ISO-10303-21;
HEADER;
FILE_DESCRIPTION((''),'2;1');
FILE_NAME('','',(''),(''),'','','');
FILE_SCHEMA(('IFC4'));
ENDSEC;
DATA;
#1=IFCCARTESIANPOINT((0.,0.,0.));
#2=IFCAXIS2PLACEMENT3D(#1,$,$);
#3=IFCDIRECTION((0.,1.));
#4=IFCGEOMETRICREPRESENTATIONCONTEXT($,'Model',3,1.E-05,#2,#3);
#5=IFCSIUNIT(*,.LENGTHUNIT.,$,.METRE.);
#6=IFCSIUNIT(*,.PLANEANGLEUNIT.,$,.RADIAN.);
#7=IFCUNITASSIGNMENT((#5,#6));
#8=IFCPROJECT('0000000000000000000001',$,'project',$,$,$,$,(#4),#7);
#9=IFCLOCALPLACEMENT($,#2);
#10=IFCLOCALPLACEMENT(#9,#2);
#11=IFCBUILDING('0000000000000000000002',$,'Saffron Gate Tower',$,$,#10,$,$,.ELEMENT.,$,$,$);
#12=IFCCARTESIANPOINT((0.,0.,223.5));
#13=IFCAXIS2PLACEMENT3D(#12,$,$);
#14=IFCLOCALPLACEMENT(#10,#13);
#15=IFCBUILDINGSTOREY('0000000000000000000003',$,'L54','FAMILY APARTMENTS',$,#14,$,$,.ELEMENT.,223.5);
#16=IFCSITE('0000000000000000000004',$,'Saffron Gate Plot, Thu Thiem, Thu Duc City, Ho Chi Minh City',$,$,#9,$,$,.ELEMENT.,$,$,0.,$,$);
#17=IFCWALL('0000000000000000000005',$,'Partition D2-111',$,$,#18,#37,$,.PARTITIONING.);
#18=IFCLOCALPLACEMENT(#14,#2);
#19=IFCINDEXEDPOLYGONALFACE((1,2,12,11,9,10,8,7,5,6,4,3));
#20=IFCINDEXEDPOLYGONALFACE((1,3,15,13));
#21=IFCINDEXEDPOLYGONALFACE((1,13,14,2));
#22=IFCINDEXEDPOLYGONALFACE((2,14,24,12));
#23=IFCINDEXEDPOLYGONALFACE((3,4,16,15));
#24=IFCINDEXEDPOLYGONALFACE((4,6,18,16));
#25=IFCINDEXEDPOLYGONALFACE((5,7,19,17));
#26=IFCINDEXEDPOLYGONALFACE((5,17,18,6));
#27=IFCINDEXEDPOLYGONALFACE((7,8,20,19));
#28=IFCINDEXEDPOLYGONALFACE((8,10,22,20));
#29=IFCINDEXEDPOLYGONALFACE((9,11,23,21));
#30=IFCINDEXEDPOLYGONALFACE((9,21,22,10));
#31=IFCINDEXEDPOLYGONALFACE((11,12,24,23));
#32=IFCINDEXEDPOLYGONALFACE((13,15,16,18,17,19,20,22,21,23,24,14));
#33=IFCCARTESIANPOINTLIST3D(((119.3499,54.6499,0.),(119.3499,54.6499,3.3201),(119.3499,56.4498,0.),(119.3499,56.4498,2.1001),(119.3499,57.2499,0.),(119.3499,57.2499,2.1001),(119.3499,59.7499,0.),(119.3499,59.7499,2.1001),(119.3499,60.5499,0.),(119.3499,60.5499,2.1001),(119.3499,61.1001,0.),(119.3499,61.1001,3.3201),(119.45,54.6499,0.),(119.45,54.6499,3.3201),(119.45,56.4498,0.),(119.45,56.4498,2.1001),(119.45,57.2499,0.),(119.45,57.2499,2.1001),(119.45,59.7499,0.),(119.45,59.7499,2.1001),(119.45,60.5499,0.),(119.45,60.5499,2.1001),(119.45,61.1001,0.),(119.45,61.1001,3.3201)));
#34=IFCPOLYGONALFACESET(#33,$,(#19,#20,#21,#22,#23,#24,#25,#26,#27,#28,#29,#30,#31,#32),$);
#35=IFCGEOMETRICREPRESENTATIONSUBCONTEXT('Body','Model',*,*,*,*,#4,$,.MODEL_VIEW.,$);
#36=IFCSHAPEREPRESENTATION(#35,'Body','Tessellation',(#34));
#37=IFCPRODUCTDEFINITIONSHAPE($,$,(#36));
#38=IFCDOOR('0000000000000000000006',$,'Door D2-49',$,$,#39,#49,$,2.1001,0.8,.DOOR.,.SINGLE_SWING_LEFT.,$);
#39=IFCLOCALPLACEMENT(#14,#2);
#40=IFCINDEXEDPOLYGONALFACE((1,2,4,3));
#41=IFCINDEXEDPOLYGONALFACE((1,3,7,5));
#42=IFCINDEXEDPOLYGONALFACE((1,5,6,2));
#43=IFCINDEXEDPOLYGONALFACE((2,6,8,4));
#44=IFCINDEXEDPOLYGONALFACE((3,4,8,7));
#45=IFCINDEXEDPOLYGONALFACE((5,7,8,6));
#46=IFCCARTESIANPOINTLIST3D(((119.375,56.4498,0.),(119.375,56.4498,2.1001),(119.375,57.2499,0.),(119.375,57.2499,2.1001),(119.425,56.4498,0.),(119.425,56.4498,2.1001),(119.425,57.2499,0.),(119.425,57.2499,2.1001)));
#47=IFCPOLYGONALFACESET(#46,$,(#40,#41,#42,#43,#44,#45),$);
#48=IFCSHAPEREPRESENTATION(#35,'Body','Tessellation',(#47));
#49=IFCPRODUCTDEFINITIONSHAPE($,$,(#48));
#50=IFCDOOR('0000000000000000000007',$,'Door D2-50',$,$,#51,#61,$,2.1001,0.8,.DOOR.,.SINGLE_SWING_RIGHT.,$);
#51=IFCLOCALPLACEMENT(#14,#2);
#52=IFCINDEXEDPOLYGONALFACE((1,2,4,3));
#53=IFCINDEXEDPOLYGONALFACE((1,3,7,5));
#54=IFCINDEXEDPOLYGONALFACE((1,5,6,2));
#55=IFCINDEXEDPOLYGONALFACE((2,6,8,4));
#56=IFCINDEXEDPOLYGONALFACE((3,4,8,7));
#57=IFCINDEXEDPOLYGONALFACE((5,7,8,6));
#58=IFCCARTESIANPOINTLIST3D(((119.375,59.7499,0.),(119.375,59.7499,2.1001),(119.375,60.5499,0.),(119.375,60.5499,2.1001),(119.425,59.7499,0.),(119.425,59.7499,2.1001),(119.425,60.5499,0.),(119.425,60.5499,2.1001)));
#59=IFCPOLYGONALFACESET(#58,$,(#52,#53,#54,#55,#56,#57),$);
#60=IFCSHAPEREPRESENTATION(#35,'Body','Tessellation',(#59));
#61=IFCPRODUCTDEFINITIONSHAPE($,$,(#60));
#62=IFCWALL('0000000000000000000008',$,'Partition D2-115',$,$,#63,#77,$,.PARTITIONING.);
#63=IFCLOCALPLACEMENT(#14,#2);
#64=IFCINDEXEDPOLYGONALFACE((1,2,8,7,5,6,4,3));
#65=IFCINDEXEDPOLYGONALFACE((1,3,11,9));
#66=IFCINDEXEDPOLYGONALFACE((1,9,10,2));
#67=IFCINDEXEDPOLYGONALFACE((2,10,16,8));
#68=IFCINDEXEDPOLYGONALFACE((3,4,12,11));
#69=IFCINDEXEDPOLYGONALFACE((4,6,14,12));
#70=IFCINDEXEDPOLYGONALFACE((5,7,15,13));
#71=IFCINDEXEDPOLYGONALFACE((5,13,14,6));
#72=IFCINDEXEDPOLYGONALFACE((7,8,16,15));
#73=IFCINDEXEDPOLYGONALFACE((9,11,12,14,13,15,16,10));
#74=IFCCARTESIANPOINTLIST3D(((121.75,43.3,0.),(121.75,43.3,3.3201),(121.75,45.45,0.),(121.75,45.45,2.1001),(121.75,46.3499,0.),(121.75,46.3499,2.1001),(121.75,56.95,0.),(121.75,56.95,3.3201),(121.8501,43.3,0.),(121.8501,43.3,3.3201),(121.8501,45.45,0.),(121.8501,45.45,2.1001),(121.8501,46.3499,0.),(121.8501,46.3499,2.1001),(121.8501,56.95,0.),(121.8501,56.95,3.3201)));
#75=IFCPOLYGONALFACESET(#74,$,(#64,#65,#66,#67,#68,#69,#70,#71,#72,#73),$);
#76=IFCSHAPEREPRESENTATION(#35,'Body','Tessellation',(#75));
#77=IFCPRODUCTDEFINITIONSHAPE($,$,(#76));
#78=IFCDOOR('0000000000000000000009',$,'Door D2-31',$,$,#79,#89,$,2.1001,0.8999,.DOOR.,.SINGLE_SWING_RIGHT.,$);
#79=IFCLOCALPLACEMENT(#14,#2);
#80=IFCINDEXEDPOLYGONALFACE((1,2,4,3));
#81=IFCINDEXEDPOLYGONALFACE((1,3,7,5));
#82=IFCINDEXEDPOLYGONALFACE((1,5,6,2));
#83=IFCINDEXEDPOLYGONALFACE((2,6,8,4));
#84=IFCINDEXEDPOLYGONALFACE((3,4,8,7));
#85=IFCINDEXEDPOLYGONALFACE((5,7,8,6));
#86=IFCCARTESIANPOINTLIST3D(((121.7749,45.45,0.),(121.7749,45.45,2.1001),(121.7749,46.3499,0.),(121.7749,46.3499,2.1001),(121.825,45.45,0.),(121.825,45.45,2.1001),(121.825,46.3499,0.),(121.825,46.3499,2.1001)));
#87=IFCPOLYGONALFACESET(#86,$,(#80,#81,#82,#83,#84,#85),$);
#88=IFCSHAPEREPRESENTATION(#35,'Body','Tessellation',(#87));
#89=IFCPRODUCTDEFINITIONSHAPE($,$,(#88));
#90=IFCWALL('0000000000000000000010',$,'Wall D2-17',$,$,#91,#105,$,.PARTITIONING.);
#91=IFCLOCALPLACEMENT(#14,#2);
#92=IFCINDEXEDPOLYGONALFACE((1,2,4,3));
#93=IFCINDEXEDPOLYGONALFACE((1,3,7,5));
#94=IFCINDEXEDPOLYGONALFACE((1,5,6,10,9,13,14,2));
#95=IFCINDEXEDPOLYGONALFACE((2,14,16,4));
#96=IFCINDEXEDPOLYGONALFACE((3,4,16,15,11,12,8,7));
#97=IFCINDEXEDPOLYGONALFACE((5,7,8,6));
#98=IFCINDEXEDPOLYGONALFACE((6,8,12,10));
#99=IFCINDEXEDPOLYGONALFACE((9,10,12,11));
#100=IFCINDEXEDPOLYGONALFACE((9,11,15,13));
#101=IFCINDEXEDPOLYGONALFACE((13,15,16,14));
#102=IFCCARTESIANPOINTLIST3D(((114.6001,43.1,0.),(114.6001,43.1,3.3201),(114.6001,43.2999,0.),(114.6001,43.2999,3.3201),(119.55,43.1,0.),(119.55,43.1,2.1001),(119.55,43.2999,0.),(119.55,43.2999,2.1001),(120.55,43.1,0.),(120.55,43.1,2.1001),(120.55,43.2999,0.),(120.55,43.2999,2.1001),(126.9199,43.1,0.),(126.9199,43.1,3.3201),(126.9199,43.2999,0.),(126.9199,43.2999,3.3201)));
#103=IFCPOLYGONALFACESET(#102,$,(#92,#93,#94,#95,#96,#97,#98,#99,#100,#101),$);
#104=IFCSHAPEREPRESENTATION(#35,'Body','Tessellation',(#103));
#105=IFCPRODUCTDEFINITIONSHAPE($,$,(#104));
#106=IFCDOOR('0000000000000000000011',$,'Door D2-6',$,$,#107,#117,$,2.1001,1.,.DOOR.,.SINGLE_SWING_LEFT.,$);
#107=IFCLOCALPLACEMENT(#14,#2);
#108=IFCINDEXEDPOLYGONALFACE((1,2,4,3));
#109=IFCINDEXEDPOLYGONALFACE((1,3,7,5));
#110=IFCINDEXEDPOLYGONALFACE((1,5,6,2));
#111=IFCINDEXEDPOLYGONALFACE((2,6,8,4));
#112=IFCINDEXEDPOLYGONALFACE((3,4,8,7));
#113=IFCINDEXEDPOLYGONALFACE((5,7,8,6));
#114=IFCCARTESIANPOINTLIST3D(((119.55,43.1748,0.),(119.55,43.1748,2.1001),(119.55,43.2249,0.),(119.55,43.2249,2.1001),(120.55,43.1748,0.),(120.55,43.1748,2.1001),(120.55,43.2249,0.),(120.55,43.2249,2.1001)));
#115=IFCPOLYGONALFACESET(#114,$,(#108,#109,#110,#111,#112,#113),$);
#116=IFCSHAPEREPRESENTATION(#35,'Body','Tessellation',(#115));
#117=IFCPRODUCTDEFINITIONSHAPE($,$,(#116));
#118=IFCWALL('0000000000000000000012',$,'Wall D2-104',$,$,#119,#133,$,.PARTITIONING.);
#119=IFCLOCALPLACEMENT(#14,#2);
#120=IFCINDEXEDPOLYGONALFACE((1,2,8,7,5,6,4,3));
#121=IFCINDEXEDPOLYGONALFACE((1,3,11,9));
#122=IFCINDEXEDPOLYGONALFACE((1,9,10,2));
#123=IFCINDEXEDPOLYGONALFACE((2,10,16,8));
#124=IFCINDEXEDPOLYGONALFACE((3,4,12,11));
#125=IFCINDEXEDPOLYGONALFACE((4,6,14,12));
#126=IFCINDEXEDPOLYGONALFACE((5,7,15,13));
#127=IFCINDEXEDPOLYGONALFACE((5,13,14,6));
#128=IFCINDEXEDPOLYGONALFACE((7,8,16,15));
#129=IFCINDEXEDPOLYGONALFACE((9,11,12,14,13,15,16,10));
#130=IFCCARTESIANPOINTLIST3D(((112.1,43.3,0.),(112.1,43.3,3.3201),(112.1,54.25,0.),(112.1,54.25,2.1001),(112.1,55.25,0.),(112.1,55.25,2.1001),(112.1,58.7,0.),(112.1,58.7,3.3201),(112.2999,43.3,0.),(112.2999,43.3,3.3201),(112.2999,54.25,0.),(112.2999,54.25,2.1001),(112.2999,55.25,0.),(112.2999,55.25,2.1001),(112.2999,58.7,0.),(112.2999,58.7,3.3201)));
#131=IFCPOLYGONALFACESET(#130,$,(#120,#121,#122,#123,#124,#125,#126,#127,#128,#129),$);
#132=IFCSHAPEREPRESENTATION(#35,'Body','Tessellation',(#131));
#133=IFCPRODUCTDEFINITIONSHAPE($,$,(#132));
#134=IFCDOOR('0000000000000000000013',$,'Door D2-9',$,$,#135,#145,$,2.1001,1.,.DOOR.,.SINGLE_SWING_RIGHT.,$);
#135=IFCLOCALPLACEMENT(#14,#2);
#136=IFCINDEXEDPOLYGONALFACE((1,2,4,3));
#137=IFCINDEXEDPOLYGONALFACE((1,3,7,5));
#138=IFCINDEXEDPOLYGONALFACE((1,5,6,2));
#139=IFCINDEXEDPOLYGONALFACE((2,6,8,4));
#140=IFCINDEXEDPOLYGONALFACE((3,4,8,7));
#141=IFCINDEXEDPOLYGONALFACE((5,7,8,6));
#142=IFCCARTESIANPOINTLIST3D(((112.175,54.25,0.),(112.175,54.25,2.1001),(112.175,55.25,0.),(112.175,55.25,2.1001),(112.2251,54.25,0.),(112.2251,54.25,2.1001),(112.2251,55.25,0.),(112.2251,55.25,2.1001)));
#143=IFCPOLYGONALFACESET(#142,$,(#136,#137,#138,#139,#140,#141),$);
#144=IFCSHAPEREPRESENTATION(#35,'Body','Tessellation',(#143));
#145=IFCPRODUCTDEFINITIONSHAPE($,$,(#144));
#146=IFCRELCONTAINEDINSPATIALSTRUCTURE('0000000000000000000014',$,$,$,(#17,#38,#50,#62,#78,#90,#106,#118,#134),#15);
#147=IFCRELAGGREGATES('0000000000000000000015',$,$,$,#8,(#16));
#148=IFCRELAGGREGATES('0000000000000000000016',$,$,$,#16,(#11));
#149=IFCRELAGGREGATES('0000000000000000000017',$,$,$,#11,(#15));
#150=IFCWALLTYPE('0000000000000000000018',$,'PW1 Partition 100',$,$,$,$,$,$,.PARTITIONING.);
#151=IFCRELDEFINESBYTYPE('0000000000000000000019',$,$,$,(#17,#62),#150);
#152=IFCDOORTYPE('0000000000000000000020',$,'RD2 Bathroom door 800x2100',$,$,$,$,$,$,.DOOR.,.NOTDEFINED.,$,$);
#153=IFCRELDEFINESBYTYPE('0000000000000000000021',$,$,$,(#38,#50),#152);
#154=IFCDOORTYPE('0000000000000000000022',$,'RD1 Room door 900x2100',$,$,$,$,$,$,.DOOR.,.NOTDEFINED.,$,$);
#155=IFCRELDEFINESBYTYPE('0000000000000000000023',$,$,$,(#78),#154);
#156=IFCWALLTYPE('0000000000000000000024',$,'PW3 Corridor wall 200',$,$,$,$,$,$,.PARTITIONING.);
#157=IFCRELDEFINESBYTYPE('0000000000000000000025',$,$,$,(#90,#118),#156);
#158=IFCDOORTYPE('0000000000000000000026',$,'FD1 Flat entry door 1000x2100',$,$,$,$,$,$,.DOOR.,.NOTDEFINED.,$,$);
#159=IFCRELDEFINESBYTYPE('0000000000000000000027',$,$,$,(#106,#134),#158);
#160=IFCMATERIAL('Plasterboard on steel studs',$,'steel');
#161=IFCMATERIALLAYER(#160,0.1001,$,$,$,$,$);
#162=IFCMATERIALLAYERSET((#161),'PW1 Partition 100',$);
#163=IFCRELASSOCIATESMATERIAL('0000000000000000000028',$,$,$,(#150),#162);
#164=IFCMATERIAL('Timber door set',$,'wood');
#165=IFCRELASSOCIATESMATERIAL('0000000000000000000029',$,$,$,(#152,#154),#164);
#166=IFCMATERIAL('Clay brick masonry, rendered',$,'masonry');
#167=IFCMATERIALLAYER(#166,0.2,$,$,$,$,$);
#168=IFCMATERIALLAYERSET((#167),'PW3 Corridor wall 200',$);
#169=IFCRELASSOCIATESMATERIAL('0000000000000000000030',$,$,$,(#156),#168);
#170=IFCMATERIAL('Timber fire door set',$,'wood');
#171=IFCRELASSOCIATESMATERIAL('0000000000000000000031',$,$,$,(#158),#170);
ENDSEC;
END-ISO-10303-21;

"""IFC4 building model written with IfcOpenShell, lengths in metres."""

from ifc_helpers import new_model, si_unit, direction, frame, frame_2d, origin, place, context, subcontext, project, spatial, rectangle, extrude, material, layer, layer_set, type_object, element, fill, save


model = new_model("IFC4")

# Units and contexts
model_context = context("Model", 3, precision=1e-05, world=origin(), true_north=direction((0.0, 1.0)))
body_context = subcontext(model_context, "Body", "Model", "MODEL_VIEW")
ifc_project = project(units=[si_unit("LENGTHUNIT", "METRE"), si_unit("PLANEANGLEUNIT", "RADIAN")], contexts=[model_context])

# Site, building, storey
site_placement = place(None, origin())
site = spatial("IfcSite", under=ifc_project, at=site_placement, Name="Saffron Gate Plot, Thu Thiem, Thu Duc City, Ho Chi Minh City", CompositionType="ELEMENT", RefElevation=0.0)
building_placement = place(site_placement, origin())
building = spatial("IfcBuilding", under=site, at=building_placement, Name="Saffron Gate Tower", CompositionType="ELEMENT")
storey_placement = place(building_placement, frame((0.0, 0.0, 223.5)))
storey = spatial("IfcBuildingStorey", under=building, at=storey_placement, Name="L54", Description="FAMILY APARTMENTS", CompositionType="ELEMENT", Elevation=223.5)

# Shared definitions
ifc_material_1 = material(Name="Plasterboard on steel studs", Category="steel")
ifc_layer_1 = layer(ifc_material_1, 0.1001)
ifc_layer_set_1 = layer_set([ifc_layer_1], Name="PW1 Partition 100")
wall_type_1 = type_object("IfcWallType", Name="PW1 Partition 100", PredefinedType="PARTITIONING", material=ifc_layer_set_1)

# Shared definitions
ifc_material_2 = material(Name="Timber door set", Category="wood")
door_type_1 = type_object("IfcDoorType", Name="RD2 Bathroom door 800x2100", OperationType="NOTDEFINED", PredefinedType="DOOR", material=ifc_material_2)
door_type_2 = type_object("IfcDoorType", Name="RD1 Room door 900x2100", OperationType="NOTDEFINED", PredefinedType="DOOR", material=ifc_material_2)

# Wall, openings, doors
wall_1_placement = place(storey_placement, frame((119.3999, 54.6499, 0.0), z_axis=(0.0, 0.0, 1.0), x_axis=(0.0, 1.0, 0.0)))
wall_1 = element("IfcWall", 1, at=wall_1_placement, inside=storey, type_object=wall_type_1, Name="Partition D2-111", PredefinedType="PARTITIONING", context=body_context, shape_type="SweptSolid", body=[
    extrude(rectangle(XDim=6.4502, YDim=0.1001, at=frame_2d((3.2251, 0.0))), origin(), (0.0, 0.0, 1.0), 3.3201),
])
opening_1_placement = place(wall_1_placement, frame((1.8, 0.0, 0.0)))
opening_1 = element("IfcOpeningElement", 2, at=opening_1_placement, cuts=wall_1, PredefinedType="OPENING", context=body_context, shape_type="SweptSolid", body=[
    extrude(rectangle(XDim=0.8, YDim=2.1001, at=frame_2d((0.3999, 1.05))), frame((0.0, 0.0601, 0.0), z_axis=(0.0, -1.0, 0.0), x_axis=(1.0, 0.0, 0.0)), (0.0, 0.0, 1.0), 0.1201),
])
opening_2_placement = place(wall_1_placement, frame((5.1001, 0.0, 0.0)))
opening_2 = element("IfcOpeningElement", 3, at=opening_2_placement, cuts=wall_1, PredefinedType="OPENING", context=body_context, shape_type="SweptSolid", body=[
    extrude(rectangle(XDim=0.8, YDim=2.1001, at=frame_2d((0.3999, 1.05))), frame((0.0, 0.0601, 0.0), z_axis=(0.0, -1.0, 0.0), x_axis=(1.0, 0.0, 0.0)), (0.0, 0.0, 1.0), 0.1201),
])
door_1_placement = place(opening_1_placement, origin())
door_1 = element("IfcDoor", 4, at=door_1_placement, inside=storey, type_object=door_type_1, Name="Door D2-49", OperationType="SINGLE_SWING_LEFT", OverallHeight=2.1001, OverallWidth=0.8, PredefinedType="DOOR", context=body_context, shape_type="SweptSolid", body=[
    extrude(rectangle(XDim=0.8, YDim=2.1001, at=frame_2d((0.3999, 1.05))), frame((0.0, 0.0249, 0.0), z_axis=(0.0, -1.0, 0.0), x_axis=(1.0, 0.0, 0.0)), (0.0, 0.0, 1.0), 0.05),
])
fill(opening_1, door_1)
door_2_placement = place(opening_2_placement, origin())
door_2 = element("IfcDoor", 5, at=door_2_placement, inside=storey, type_object=door_type_1, Name="Door D2-50", OperationType="SINGLE_SWING_RIGHT", OverallHeight=2.1001, OverallWidth=0.8, PredefinedType="DOOR", context=body_context, shape_type="SweptSolid", body=[
    extrude(rectangle(XDim=0.8, YDim=2.1001, at=frame_2d((0.3999, 1.05))), frame((0.0, 0.0249, 0.0), z_axis=(0.0, -1.0, 0.0), x_axis=(1.0, 0.0, 0.0)), (0.0, 0.0, 1.0), 0.05),
])
fill(opening_2, door_2)

# Walls, openings, doors
wall_2_placement = place(storey_placement, frame((121.8, 56.95, 0.0), z_axis=(0.0, 0.0, 1.0), x_axis=(0.0, -1.0, 0.0)))
wall_2 = element("IfcWall", 6, at=wall_2_placement, inside=storey, type_object=wall_type_1, Name="Partition D2-115", PredefinedType="PARTITIONING", context=body_context, shape_type="SweptSolid", body=[
    extrude(rectangle(XDim=13.6499, YDim=0.1001, at=frame_2d((6.825, 0.0))), origin(), (0.0, 0.0, 1.0), 3.3201),
])
opening_3_placement = place(wall_2_placement, frame((10.6001, 0.0, 0.0)))
opening_3 = element("IfcOpeningElement", 7, at=opening_3_placement, cuts=wall_2, PredefinedType="OPENING", context=body_context, shape_type="SweptSolid", body=[
    extrude(rectangle(XDim=0.8999, YDim=2.1001, at=frame_2d((0.45, 1.05))), frame((0.0, 0.0601, 0.0), z_axis=(0.0, -1.0, 0.0), x_axis=(1.0, 0.0, 0.0)), (0.0, 0.0, 1.0), 0.1201),
])
door_3_placement = place(opening_3_placement, origin())
door_3 = element("IfcDoor", 8, at=door_3_placement, inside=storey, type_object=door_type_2, Name="Door D2-31", OperationType="SINGLE_SWING_RIGHT", OverallHeight=2.1001, OverallWidth=0.8999, PredefinedType="DOOR", context=body_context, shape_type="SweptSolid", body=[
    extrude(rectangle(XDim=0.8999, YDim=2.1001, at=frame_2d((0.45, 1.05))), frame((0.0, 0.0249, 0.0), z_axis=(0.0, -1.0, 0.0), x_axis=(1.0, 0.0, 0.0)), (0.0, 0.0, 1.0), 0.05),
])
fill(opening_3, door_3)
ifc_material_3 = material(Name="Clay brick masonry, rendered", Category="masonry")
ifc_layer_2 = layer(ifc_material_3, 0.2)
ifc_layer_set_2 = layer_set([ifc_layer_2], Name="PW3 Corridor wall 200")
wall_type_2 = type_object("IfcWallType", Name="PW3 Corridor wall 200", PredefinedType="PARTITIONING", material=ifc_layer_set_2)
wall_3_placement = place(storey_placement, frame((114.6001, 43.2, 0.0), z_axis=(0.0, 0.0, 1.0), x_axis=(1.0, 0.0, 0.0)))
wall_3 = element("IfcWall", 9, at=wall_3_placement, inside=storey, type_object=wall_type_2, Name="Wall D2-17", PredefinedType="PARTITIONING", context=body_context, shape_type="SweptSolid", body=[
    extrude(rectangle(XDim=12.3198, YDim=0.2, at=frame_2d((6.1599, 0.0))), origin(), (0.0, 0.0, 1.0), 3.3201),
])
opening_4_placement = place(wall_3_placement, frame((4.95, 0.0, 0.0)))
opening_4 = element("IfcOpeningElement", 10, at=opening_4_placement, cuts=wall_3, PredefinedType="OPENING", context=body_context, shape_type="SweptSolid", body=[
    extrude(rectangle(XDim=1.0, YDim=2.1001, at=frame_2d((0.5, 1.05))), frame((0.0, 0.1099, 0.0), z_axis=(0.0, -1.0, 0.0), x_axis=(1.0, 0.0, 0.0)), (0.0, 0.0, 1.0), 0.22),
])
ifc_material_4 = material(Name="Timber fire door set", Category="wood")
door_type_3 = type_object("IfcDoorType", Name="FD1 Flat entry door 1000x2100", OperationType="NOTDEFINED", PredefinedType="DOOR", material=ifc_material_4)
door_4_placement = place(opening_4_placement, origin())
door_4 = element("IfcDoor", 11, at=door_4_placement, inside=storey, type_object=door_type_3, Name="Door D2-6", OperationType="SINGLE_SWING_LEFT", OverallHeight=2.1001, OverallWidth=1.0, PredefinedType="DOOR", context=body_context, shape_type="SweptSolid", body=[
    extrude(rectangle(XDim=1.0, YDim=2.1001, at=frame_2d((0.5, 1.05))), frame((0.0, 0.0249, 0.0), z_axis=(0.0, -1.0, 0.0), x_axis=(1.0, 0.0, 0.0)), (0.0, 0.0, 1.0), 0.05),
])
fill(opening_4, door_4)
wall_4_placement = place(storey_placement, frame((112.2, 43.3, 0.0), z_axis=(0.0, 0.0, 1.0), x_axis=(0.0, 1.0, 0.0)))
wall_4 = element("IfcWall", 12, at=wall_4_placement, inside=storey, type_object=wall_type_2, Name="Wall D2-104", PredefinedType="PARTITIONING", context=body_context, shape_type="SweptSolid", body=[
    extrude(rectangle(XDim=15.3999, YDim=0.2, at=frame_2d((7.7, 0.0))), origin(), (0.0, 0.0, 1.0), 3.3201),
])
opening_5_placement = place(wall_4_placement, frame((10.95, 0.0, 0.0)))
opening_5 = element("IfcOpeningElement", 13, at=opening_5_placement, cuts=wall_4, PredefinedType="OPENING", context=body_context, shape_type="SweptSolid", body=[
    extrude(rectangle(XDim=1.0, YDim=2.1001, at=frame_2d((0.5, 1.05))), frame((0.0, 0.1099, 0.0), z_axis=(0.0, -1.0, 0.0), x_axis=(1.0, 0.0, 0.0)), (0.0, 0.0, 1.0), 0.22),
])
door_5_placement = place(opening_5_placement, origin())
door_5 = element("IfcDoor", 14, at=door_5_placement, inside=storey, type_object=door_type_3, Name="Door D2-9", OperationType="SINGLE_SWING_RIGHT", OverallHeight=2.1001, OverallWidth=1.0, PredefinedType="DOOR", context=body_context, shape_type="SweptSolid", body=[
    extrude(rectangle(XDim=1.0, YDim=2.1001, at=frame_2d((0.5, 1.05))), frame((0.0, 0.0249, 0.0), z_axis=(0.0, -1.0, 0.0), x_axis=(1.0, 0.0, 0.0)), (0.0, 0.0, 1.0), 0.05),
])
fill(opening_5, door_5)

save(model, "model.ifc")
